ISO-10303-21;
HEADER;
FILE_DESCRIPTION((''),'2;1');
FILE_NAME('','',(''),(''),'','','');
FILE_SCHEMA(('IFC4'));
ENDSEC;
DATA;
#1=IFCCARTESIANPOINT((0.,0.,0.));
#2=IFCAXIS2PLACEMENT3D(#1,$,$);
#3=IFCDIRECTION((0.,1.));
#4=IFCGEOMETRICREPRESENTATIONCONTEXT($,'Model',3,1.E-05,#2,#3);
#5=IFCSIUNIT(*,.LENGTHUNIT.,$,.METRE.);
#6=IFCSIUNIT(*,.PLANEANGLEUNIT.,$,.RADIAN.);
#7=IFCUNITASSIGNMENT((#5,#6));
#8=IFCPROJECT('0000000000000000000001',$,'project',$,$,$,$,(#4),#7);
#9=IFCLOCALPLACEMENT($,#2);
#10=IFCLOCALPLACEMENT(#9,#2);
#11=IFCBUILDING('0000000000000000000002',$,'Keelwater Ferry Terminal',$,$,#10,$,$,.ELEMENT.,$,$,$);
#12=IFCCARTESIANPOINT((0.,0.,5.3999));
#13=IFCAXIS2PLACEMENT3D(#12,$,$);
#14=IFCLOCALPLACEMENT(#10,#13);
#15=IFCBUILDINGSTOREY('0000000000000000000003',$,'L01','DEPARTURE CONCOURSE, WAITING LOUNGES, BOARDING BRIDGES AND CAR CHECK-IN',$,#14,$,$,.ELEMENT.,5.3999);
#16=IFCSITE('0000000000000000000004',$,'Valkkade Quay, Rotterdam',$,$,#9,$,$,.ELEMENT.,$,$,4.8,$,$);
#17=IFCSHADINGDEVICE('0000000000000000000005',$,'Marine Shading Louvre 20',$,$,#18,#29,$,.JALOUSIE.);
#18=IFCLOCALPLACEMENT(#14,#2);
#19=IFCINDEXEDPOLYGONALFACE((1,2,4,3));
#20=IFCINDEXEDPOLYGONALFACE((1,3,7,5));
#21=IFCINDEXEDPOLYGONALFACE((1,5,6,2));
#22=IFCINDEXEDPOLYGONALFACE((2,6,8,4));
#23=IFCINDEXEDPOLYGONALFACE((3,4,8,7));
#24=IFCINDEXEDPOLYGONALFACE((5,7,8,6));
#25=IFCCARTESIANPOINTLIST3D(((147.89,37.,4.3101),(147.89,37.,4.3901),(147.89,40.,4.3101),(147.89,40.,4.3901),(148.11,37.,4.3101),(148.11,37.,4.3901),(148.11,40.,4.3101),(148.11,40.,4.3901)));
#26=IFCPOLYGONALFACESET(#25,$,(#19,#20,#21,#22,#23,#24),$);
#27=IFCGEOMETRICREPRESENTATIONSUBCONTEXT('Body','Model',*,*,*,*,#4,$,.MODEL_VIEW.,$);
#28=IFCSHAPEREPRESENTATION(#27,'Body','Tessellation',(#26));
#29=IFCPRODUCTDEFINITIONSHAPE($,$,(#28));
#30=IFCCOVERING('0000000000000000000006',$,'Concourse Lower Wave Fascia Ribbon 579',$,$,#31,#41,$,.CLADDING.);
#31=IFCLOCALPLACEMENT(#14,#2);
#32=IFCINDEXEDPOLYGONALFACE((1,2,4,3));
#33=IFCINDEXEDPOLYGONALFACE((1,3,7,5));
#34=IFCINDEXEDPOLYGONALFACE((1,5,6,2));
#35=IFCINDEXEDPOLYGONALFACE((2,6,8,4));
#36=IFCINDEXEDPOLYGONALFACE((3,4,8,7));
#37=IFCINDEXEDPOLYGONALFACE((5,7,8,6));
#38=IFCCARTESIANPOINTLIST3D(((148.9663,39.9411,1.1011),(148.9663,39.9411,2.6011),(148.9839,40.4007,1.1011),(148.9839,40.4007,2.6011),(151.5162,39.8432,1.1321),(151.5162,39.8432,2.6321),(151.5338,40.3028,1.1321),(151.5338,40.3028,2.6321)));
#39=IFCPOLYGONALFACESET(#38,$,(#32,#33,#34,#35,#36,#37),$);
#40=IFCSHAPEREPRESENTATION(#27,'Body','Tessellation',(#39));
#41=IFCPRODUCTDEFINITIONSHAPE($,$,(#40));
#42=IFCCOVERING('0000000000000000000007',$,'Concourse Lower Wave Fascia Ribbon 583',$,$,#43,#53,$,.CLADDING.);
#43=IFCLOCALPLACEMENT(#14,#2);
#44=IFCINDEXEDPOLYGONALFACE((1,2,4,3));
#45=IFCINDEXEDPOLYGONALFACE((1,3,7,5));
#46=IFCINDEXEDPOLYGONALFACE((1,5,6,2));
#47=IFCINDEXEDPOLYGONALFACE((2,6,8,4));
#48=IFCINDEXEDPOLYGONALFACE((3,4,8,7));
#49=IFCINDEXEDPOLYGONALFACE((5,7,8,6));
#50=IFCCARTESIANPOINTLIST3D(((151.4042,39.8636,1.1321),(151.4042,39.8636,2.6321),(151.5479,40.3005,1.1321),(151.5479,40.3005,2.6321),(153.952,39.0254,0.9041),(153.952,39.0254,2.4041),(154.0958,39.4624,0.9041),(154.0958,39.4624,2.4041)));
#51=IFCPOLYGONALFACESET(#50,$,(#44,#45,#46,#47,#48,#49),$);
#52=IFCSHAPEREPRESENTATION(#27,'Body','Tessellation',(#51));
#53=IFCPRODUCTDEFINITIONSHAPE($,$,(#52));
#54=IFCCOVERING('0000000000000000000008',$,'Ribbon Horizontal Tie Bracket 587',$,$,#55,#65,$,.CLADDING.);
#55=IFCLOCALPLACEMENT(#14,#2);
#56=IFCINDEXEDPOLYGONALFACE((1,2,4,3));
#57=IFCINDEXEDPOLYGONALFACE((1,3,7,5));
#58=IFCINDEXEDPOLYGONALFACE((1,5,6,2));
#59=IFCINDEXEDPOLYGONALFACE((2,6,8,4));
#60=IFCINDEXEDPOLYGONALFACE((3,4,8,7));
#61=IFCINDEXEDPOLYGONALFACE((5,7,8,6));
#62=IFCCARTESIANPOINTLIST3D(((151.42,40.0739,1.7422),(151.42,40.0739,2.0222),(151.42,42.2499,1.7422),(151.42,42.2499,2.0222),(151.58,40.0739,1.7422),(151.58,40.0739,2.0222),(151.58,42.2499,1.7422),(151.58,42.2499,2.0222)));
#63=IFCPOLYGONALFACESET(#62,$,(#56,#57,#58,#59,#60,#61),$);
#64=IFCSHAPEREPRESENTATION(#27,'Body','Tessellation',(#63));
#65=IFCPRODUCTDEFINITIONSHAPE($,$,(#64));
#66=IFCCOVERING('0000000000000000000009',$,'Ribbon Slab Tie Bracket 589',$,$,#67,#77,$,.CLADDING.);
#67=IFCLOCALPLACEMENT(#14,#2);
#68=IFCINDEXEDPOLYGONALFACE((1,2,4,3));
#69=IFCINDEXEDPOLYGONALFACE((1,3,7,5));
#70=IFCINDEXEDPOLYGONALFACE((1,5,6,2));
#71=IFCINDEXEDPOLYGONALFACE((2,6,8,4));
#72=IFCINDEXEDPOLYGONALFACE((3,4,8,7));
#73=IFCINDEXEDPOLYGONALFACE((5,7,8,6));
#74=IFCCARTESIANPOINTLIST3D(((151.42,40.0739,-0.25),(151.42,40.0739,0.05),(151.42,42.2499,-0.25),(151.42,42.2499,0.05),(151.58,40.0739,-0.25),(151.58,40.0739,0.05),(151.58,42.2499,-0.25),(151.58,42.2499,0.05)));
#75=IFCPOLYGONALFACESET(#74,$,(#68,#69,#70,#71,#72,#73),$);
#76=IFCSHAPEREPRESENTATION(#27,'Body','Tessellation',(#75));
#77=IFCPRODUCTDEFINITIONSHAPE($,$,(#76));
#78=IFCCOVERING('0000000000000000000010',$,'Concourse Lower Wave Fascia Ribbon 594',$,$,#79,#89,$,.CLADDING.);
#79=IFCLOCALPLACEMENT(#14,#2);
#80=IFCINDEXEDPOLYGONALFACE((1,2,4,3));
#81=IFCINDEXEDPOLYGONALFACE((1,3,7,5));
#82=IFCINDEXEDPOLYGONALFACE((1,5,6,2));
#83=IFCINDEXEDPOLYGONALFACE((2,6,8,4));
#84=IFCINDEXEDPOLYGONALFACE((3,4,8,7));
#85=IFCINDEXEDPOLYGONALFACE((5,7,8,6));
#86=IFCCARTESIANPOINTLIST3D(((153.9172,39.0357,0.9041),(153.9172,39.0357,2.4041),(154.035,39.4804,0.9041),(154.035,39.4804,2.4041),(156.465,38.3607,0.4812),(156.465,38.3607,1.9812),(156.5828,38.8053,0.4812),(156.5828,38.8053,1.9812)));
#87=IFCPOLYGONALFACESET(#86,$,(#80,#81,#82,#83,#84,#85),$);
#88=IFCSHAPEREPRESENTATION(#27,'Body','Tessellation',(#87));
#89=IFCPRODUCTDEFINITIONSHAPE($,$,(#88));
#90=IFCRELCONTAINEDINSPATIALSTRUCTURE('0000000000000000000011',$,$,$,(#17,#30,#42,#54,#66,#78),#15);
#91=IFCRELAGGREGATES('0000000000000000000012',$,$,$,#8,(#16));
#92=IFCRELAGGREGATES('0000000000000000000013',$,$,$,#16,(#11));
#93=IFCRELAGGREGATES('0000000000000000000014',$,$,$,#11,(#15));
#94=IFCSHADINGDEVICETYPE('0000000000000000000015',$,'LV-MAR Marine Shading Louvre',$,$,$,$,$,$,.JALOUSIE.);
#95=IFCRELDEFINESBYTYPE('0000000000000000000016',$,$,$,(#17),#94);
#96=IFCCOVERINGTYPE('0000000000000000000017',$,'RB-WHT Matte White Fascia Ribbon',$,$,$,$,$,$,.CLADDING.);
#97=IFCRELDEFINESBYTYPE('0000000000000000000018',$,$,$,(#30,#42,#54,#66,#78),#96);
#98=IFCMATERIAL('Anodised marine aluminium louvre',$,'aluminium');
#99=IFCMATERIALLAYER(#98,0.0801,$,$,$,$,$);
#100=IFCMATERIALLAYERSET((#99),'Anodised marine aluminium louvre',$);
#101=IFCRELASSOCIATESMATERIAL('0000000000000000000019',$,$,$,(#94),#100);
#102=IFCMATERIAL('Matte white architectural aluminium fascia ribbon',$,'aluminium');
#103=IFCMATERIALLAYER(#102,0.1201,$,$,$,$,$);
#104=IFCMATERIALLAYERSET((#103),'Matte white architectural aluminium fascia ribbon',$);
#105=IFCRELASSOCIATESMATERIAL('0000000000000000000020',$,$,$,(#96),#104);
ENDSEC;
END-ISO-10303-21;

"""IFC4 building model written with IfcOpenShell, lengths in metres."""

from ifc_helpers import new_model, si_unit, direction, frame, frame_2d, origin, origin_2d, place, context, subcontext, project, spatial, polyline, rectangle, outline, extrude, material, layer, layer_set, type_object, element, save


model = new_model("IFC4")

# Units and contexts
model_context = context("Model", 3, precision=1e-05, world=origin(), true_north=direction((0.0, 1.0)))
body_context = subcontext(model_context, "Body", "Model", "MODEL_VIEW")
ifc_project = project(units=[si_unit("LENGTHUNIT", "METRE"), si_unit("PLANEANGLEUNIT", "RADIAN")], contexts=[model_context])

# Site, building, storey
site_placement = place(None, origin())
site = spatial("IfcSite", under=ifc_project, at=site_placement, Name="Valkkade Quay, Rotterdam", CompositionType="ELEMENT", RefElevation=4.8)
building_placement = place(site_placement, origin())
building = spatial("IfcBuilding", under=site, at=building_placement, Name="Keelwater Ferry Terminal", CompositionType="ELEMENT")
storey_placement = place(building_placement, frame((0.0, 0.0, 5.3999)))
storey = spatial("IfcBuildingStorey", under=building, at=storey_placement, Name="L01", Description="DEPARTURE CONCOURSE, WAITING LOUNGES, BOARDING BRIDGES AND CAR CHECK-IN", CompositionType="ELEMENT", Elevation=5.3999)

# Shading device
ifc_material_1 = material(Name="Anodised marine aluminium louvre", Category="aluminium")
ifc_layer_1 = layer(ifc_material_1, 0.0801)
ifc_layer_set_1 = layer_set([ifc_layer_1], Name="Anodised marine aluminium louvre")
shading_device_type = type_object("IfcShadingDeviceType", Name="LV-MAR Marine Shading Louvre", PredefinedType="JALOUSIE", material=ifc_layer_set_1)
for number, where, z_axis, x_axis, name in (
    (1, (148.0, 38.5, 4.3101), (0.0, 0.0, 1.0), (1.0, 0.0, 0.0), "Marine Shading Louvre 20"),
):
    element("IfcShadingDevice", number, at=place(storey_placement, frame(where, z_axis=z_axis, x_axis=x_axis)), inside=storey, type_object=shading_device_type, Name=name, PredefinedType="JALOUSIE", context=body_context, shape_type="SweptSolid", body=[
        extrude(rectangle(XDim=0.22, YDim=3.0, at=origin_2d()), origin(), (0.0, 0.0, 1.0), 0.0801),
    ])

# Coverings
ifc_material_2 = material(Name="Matte white architectural aluminium fascia ribbon", Category="aluminium")
ifc_layer_2 = layer(ifc_material_2, 0.1201)
ifc_layer_set_2 = layer_set([ifc_layer_2], Name="Matte white architectural aluminium fascia ribbon")
covering_type = type_object("IfcCoveringType", Name="RB-WHT Matte White Fascia Ribbon", PredefinedType="CLADDING", material=ifc_layer_set_2)
covering_1_placement = place(storey_placement, frame((148.9751, 40.1709, 1.1011), z_axis=(0.0, 0.0, 1.0), x_axis=(0.999264, -0.038367, 0.0)))
element("IfcCovering", 2, at=covering_1_placement, inside=storey, type_object=covering_type, Name="Concourse Lower Wave Fascia Ribbon 579", PredefinedType="CLADDING", context=body_context, shape_type="SweptSolid", body=[
    extrude(outline(polyline([(0.0, 0.0), (2.5518, 0.031), (2.5518, 1.531), (0.0, 1.5), (0.0, 0.0)])), frame((0.0, 0.23, 0.0), z_axis=(0.0, -1.0, 0.0), x_axis=(1.0, 0.0, 0.0)), (0.0, 0.0, 1.0), 0.46),
])
covering_2_placement = place(storey_placement, frame((151.4761, 40.082, 0.9041), z_axis=(0.0, 0.0, 1.0), x_axis=(0.949923, -0.312484, 0.0)))
element("IfcCovering", 3, at=covering_2_placement, inside=storey, type_object=covering_type, Name="Concourse Lower Wave Fascia Ribbon 583", PredefinedType="CLADDING", context=body_context, shape_type="SweptSolid", body=[
    extrude(outline(polyline([(0.0, 0.228), (2.6821, 0.0), (2.6821, 1.5), (0.0, 1.728), (0.0, 0.228)])), frame((0.0, 0.23, 0.0), z_axis=(0.0, -1.0, 0.0), x_axis=(1.0, 0.0, 0.0)), (0.0, 0.0, 1.0), 0.46),
])
covering_3_placement = place(storey_placement, frame((151.5, 40.074, 1.7422), z_axis=(0.0, 0.0, 1.0), x_axis=(0.0, 1.0, 0.0)))
element("IfcCovering", 4, at=covering_3_placement, inside=storey, type_object=covering_type, Name="Ribbon Horizontal Tie Bracket 587", PredefinedType="CLADDING", context=body_context, shape_type="SweptSolid", body=[
    extrude(rectangle(XDim=2.176, YDim=0.1599, at=frame_2d((1.0879, 0.0))), origin(), (0.0, 0.0, 1.0), 0.28),
])
covering_4_placement = place(storey_placement, frame((151.5, 40.074, -0.25), z_axis=(0.0, 0.0, 1.0), x_axis=(0.0, 1.0, 0.0)))
element("IfcCovering", 5, at=covering_4_placement, inside=storey, type_object=covering_type, Name="Ribbon Slab Tie Bracket 589", PredefinedType="CLADDING", context=body_context, shape_type="SweptSolid", body=[
    extrude(rectangle(XDim=2.176, YDim=0.1599, at=frame_2d((1.0879, 0.0))), origin(), (0.0, 0.0, 1.0), 0.3),
])
covering_5_placement = place(storey_placement, frame((153.9761, 39.2581, 0.4812), z_axis=(0.0, 0.0, 1.0), x_axis=(0.966647, -0.256112, 0.0)))
element("IfcCovering", 6, at=covering_5_placement, inside=storey, type_object=covering_type, Name="Concourse Lower Wave Fascia Ribbon 594", PredefinedType="CLADDING", context=body_context, shape_type="SweptSolid", body=[
    extrude(outline(polyline([(0.0, 0.4229), (2.6357, 0.0), (2.6357, 1.5), (0.0, 1.9229), (0.0, 0.4229)])), frame((0.0, 0.23, 0.0), z_axis=(0.0, -1.0, 0.0), x_axis=(1.0, 0.0, 0.0)), (0.0, 0.0, 1.0), 0.46),
])

save(model, "model.ifc")
